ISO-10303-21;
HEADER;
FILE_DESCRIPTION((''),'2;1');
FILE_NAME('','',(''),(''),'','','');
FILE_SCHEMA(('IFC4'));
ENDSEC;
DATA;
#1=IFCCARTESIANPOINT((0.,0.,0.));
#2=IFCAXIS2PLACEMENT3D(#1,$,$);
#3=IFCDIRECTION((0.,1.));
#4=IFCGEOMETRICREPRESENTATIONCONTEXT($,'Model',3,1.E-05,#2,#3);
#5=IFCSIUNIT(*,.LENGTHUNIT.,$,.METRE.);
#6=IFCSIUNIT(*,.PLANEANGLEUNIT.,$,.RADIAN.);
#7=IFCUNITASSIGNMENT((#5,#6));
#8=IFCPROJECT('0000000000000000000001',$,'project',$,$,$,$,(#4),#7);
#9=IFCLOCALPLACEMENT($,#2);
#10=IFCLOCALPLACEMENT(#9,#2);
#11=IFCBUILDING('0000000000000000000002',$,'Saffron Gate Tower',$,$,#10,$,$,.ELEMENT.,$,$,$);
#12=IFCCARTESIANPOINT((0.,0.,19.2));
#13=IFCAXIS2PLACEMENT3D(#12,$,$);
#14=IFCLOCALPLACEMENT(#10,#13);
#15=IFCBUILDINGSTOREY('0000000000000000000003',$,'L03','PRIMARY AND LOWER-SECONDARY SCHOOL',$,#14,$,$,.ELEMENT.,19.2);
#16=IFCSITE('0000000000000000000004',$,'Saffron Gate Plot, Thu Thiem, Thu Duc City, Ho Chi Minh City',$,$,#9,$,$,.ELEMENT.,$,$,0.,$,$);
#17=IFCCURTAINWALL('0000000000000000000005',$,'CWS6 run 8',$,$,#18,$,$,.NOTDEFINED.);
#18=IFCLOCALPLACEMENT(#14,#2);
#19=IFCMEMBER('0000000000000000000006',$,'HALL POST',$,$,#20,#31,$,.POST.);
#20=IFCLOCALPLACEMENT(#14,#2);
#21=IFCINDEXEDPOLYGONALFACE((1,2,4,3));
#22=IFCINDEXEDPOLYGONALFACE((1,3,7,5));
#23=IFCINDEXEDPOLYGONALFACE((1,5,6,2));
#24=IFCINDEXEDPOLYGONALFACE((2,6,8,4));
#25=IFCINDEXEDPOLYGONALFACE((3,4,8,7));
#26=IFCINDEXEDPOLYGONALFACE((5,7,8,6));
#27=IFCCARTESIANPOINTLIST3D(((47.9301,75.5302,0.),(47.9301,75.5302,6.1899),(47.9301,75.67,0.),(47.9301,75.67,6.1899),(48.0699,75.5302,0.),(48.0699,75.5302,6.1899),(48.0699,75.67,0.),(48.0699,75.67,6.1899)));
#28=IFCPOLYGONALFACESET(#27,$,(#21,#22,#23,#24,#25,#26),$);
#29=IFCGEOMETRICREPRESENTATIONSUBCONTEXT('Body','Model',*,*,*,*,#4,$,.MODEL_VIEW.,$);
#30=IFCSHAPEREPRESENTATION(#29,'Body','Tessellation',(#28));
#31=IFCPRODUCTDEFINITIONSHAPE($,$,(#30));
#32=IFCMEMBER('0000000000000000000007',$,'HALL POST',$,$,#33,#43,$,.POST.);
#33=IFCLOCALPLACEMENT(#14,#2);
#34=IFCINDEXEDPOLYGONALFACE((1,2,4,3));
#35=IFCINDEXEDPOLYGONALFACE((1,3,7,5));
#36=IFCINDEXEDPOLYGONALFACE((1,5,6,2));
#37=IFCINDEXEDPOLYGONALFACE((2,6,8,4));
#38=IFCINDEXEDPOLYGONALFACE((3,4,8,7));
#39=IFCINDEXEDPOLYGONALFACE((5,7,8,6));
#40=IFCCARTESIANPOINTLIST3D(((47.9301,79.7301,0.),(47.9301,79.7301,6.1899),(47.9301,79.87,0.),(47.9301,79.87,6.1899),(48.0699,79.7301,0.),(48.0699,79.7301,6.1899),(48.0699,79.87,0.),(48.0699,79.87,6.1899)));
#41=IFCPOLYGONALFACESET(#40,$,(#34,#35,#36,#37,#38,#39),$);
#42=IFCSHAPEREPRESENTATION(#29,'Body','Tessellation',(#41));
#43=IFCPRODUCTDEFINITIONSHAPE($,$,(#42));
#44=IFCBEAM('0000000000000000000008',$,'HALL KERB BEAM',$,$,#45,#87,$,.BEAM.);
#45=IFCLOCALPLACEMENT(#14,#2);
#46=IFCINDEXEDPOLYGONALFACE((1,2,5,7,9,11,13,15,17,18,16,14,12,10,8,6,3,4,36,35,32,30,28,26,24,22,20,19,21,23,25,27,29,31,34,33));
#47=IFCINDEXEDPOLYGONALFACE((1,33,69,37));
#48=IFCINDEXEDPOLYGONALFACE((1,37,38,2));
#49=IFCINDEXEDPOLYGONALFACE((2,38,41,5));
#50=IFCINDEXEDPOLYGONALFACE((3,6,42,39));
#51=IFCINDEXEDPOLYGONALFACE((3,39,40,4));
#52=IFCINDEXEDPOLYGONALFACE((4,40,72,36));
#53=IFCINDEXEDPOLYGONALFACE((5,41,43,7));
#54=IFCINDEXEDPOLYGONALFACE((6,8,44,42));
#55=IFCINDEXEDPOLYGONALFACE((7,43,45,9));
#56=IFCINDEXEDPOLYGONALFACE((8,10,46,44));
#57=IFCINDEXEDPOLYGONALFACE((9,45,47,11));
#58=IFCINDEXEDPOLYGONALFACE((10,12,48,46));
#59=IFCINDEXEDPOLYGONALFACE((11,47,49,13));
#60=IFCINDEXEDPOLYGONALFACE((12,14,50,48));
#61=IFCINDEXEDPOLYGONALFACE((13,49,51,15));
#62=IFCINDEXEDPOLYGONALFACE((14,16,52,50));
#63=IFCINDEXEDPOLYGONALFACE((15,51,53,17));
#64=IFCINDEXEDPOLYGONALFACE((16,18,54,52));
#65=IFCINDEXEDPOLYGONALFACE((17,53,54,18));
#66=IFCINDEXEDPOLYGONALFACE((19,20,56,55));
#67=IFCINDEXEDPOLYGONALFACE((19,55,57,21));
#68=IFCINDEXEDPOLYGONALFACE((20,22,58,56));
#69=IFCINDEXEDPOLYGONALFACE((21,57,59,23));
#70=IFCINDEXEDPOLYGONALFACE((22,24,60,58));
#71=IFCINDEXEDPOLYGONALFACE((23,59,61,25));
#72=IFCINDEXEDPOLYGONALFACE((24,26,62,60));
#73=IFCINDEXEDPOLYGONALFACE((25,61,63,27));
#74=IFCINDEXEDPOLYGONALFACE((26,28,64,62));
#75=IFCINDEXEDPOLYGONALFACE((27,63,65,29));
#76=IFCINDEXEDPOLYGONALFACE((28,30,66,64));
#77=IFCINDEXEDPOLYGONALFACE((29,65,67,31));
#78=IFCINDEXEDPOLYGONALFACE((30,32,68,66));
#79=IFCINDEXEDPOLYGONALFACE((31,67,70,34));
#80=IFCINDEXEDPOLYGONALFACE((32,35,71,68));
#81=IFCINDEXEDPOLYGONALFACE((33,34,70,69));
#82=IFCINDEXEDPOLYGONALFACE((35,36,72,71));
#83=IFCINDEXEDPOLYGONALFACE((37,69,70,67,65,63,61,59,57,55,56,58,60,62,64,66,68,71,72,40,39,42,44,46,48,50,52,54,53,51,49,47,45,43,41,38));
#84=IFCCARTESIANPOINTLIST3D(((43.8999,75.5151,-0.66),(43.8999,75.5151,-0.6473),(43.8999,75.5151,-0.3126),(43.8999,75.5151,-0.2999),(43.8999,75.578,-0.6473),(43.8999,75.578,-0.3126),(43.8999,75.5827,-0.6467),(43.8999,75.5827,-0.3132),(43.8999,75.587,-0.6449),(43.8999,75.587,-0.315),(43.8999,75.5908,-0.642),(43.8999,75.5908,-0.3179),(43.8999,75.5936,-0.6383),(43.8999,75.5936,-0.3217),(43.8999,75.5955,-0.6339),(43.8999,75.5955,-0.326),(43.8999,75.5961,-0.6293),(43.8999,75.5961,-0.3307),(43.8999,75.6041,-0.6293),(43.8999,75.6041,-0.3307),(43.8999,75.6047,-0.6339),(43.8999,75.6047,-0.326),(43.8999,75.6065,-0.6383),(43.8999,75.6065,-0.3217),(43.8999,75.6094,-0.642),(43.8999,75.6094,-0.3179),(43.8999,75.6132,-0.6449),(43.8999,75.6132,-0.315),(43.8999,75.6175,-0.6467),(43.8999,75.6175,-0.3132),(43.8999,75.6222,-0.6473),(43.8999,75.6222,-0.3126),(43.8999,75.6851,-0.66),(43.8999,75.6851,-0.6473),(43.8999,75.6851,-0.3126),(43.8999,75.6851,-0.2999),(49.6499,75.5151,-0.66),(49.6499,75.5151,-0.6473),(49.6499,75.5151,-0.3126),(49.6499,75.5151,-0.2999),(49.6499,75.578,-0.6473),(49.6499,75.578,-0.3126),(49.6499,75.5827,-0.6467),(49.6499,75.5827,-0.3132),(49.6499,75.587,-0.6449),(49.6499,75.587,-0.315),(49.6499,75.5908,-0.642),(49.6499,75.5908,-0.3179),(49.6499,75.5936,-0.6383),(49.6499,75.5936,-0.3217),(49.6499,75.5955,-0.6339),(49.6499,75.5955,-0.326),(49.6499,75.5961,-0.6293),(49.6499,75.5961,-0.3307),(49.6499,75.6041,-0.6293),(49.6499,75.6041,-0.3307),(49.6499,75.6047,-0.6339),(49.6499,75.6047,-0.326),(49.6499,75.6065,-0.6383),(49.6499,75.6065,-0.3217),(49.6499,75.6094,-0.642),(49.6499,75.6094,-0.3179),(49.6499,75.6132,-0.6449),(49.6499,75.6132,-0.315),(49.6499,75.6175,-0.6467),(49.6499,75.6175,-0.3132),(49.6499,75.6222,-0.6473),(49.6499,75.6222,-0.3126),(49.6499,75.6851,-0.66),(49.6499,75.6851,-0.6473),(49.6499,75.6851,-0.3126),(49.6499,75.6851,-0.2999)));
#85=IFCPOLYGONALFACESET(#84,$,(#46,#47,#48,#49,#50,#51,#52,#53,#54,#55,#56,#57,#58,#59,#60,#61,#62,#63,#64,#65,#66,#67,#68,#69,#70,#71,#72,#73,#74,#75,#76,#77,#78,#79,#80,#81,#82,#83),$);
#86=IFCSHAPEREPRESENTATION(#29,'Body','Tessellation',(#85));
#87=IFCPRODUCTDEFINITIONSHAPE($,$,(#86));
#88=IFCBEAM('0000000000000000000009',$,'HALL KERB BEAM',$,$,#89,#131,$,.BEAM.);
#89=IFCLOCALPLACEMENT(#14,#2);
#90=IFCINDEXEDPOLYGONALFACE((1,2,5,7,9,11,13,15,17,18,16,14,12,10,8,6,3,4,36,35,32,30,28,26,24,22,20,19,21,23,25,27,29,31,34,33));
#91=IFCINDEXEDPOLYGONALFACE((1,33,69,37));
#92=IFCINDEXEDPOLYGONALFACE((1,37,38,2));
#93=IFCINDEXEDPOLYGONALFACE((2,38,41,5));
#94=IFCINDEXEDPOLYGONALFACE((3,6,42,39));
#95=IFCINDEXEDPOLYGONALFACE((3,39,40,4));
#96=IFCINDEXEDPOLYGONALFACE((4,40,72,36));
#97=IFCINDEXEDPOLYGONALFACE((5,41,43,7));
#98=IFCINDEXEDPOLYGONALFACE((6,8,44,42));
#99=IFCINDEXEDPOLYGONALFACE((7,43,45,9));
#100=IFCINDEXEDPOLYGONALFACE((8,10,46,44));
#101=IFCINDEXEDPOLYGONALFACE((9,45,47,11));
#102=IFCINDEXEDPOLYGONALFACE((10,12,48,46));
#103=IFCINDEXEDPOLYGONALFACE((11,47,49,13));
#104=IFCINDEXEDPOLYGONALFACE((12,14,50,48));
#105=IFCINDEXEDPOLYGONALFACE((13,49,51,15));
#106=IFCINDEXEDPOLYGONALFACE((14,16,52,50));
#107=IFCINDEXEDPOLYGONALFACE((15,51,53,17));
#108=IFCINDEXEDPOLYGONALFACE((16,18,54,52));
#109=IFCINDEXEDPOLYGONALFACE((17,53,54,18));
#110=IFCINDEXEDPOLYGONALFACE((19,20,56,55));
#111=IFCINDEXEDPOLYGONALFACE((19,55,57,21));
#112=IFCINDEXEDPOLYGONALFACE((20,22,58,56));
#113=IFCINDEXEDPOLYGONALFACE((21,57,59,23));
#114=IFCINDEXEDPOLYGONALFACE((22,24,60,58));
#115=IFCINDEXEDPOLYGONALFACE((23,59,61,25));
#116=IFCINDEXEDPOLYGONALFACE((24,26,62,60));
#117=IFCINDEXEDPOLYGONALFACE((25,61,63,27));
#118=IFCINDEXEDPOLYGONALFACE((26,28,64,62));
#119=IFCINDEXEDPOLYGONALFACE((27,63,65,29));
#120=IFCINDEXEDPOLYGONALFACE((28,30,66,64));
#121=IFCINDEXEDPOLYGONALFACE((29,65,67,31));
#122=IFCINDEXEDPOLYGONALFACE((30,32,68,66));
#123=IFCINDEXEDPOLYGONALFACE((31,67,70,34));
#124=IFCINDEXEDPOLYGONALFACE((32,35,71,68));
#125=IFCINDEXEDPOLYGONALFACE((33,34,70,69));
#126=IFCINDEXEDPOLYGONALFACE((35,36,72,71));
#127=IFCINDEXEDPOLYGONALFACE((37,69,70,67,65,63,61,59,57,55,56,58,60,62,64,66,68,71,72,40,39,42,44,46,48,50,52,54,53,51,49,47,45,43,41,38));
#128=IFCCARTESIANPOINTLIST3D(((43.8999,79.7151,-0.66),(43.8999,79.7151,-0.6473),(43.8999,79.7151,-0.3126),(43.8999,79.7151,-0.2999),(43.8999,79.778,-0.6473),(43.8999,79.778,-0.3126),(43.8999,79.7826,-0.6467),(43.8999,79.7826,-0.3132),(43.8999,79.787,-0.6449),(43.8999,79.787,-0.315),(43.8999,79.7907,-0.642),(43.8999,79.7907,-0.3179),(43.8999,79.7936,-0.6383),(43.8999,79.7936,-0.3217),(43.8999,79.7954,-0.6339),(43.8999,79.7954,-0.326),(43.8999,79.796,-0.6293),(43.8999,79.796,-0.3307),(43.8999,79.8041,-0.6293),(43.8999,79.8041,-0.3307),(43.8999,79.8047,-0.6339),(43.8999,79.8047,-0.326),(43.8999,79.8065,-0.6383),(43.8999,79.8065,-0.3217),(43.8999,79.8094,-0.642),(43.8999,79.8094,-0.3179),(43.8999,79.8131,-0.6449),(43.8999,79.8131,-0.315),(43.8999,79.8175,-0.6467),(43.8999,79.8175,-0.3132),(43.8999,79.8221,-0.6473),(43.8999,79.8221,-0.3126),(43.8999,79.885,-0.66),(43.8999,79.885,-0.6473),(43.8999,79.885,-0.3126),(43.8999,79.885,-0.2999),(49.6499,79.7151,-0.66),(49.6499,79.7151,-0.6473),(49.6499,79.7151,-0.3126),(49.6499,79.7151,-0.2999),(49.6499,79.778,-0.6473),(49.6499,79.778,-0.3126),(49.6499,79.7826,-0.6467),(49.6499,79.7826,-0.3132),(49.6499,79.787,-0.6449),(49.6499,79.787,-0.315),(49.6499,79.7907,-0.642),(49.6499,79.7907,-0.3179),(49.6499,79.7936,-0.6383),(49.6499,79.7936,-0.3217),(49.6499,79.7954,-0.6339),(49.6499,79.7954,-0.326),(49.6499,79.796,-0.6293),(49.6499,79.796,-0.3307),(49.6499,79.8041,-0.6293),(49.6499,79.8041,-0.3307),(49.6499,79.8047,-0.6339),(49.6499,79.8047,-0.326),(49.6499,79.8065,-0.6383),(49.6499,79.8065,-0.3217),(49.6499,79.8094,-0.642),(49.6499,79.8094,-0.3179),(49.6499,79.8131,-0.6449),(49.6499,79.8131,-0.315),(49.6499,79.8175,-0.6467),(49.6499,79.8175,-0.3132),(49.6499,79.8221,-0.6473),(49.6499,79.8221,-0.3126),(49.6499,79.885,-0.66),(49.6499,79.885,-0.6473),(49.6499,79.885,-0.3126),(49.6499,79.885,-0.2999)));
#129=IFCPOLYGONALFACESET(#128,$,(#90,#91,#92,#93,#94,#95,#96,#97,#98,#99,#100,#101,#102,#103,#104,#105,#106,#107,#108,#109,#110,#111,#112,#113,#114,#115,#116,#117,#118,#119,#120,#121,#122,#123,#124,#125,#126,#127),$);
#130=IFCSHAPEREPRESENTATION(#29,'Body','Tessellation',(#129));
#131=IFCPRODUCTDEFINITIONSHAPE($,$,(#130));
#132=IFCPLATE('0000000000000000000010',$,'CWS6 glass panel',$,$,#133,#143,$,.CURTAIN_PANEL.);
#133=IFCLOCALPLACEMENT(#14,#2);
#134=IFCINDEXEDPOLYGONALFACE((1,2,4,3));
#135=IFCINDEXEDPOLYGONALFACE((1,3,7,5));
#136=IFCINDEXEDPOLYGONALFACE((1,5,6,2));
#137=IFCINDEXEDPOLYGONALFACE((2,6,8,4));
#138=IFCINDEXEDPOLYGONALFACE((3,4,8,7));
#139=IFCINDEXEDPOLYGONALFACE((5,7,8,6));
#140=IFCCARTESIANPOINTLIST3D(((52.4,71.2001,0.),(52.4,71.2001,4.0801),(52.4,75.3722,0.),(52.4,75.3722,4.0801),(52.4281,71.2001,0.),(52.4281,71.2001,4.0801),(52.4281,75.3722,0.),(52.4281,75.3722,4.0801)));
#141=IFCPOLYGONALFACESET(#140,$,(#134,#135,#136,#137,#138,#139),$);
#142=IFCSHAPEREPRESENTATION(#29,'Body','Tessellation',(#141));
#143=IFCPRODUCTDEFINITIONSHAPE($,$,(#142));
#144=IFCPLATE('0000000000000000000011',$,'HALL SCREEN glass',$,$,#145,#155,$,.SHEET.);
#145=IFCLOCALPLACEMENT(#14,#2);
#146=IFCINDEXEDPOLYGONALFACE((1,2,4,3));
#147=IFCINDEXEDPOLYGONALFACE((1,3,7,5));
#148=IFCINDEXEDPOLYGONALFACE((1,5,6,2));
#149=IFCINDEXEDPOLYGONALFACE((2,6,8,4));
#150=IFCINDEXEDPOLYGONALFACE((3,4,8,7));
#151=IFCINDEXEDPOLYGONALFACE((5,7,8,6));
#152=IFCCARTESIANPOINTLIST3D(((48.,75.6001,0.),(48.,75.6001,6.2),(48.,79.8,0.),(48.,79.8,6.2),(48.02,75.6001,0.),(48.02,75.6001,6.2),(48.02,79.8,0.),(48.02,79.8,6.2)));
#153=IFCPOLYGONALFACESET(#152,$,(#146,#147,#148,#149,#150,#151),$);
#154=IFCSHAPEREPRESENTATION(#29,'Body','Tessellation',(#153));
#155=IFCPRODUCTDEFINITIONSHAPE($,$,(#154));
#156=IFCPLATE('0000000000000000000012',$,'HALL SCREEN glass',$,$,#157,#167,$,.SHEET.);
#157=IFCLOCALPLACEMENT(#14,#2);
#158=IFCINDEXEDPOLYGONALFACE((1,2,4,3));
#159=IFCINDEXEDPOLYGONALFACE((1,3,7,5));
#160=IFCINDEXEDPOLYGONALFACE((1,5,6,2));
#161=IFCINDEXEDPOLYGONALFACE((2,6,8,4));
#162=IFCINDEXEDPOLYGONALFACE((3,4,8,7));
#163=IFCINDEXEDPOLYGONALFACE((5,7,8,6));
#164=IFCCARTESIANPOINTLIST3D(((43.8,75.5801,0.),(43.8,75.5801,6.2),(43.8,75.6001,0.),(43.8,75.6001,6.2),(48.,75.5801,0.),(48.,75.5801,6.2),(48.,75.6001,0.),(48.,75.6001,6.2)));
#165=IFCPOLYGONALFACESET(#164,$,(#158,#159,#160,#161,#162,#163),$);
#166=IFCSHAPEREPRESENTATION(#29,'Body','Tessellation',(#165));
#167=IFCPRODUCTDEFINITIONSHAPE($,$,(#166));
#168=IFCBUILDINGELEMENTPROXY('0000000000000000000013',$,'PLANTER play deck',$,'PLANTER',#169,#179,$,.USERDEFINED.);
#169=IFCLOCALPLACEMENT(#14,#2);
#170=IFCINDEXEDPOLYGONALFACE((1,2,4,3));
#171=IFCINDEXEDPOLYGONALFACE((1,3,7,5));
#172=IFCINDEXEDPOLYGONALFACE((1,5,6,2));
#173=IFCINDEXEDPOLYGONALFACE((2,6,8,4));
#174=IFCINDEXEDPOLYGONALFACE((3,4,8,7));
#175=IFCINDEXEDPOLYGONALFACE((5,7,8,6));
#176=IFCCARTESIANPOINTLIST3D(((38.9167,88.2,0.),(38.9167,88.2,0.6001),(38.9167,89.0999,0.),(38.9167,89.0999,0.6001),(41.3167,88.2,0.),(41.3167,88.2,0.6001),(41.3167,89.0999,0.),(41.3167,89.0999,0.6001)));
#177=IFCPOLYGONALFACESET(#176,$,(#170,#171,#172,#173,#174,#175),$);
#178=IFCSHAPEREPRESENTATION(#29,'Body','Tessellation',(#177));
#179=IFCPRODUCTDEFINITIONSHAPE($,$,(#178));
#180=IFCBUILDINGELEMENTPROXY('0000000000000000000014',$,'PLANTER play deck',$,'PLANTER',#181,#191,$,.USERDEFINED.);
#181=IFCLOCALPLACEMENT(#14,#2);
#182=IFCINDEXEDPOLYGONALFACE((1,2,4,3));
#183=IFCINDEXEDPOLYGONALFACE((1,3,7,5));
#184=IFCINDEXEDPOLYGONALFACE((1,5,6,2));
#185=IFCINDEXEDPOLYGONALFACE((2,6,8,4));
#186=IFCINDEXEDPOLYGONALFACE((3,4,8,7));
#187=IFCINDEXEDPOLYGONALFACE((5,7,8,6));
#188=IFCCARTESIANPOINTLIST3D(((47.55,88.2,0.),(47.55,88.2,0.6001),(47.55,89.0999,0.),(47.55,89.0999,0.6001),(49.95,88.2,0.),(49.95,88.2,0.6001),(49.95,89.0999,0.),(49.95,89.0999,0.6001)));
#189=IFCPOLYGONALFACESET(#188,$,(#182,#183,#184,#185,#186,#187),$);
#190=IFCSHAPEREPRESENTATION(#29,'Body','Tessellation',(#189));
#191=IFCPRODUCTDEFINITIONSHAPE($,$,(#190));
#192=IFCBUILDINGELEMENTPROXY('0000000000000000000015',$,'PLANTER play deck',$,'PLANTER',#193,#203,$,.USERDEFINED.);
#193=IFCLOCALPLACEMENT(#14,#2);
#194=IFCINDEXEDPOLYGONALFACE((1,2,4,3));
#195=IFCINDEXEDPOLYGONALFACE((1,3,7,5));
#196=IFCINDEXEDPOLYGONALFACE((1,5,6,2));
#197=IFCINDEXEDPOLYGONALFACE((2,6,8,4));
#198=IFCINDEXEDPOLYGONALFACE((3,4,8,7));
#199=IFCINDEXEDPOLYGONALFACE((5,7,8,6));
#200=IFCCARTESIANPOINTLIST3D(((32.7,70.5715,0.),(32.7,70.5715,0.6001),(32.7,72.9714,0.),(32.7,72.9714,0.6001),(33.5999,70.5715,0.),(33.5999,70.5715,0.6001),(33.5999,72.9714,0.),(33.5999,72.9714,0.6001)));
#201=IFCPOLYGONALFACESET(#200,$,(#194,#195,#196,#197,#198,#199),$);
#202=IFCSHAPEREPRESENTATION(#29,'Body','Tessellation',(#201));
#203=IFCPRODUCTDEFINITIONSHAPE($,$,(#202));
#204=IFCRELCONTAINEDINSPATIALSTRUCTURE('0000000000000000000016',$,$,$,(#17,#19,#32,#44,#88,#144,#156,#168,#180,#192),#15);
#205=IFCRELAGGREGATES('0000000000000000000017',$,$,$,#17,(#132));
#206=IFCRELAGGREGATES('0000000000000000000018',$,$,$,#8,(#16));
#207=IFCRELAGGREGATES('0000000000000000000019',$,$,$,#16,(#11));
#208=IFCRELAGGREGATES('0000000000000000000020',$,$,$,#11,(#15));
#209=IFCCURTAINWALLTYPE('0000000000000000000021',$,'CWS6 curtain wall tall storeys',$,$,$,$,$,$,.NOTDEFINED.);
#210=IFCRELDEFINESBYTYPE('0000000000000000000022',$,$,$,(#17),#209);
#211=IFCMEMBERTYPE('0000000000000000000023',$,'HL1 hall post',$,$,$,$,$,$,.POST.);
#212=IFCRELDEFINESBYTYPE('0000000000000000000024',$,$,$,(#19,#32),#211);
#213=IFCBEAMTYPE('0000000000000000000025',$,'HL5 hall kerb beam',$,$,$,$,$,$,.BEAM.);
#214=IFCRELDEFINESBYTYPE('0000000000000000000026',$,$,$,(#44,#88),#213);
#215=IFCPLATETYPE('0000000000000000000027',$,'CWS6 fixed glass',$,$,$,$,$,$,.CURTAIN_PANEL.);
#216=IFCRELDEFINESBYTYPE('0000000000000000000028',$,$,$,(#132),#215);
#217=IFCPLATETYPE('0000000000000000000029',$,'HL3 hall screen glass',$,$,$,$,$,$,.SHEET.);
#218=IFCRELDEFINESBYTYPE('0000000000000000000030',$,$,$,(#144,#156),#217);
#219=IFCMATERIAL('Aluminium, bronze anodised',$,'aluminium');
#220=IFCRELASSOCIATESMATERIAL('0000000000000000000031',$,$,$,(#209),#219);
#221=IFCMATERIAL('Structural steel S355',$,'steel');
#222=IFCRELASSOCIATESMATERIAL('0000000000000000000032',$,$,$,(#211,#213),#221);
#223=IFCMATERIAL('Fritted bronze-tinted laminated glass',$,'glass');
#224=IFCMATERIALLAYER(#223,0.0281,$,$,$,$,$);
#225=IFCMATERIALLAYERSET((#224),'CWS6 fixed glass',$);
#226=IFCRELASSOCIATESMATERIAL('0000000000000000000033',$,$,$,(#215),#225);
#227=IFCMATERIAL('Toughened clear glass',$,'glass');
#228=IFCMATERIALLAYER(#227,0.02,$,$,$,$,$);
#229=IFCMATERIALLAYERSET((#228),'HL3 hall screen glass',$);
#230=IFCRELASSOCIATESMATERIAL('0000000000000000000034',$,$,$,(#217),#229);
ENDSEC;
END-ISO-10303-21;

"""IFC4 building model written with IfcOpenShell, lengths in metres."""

from ifc_helpers import new_model, si_unit, direction, frame, frame_2d, origin, origin_2d, place, context, subcontext, project, spatial, polyline, rectangle, i_section, outline, extrude, material, layer, layer_set, material_profile, profile_set, type_object, element, aggregate, save


model = new_model("IFC4")

# Units and contexts
model_context = context("Model", 3, precision=1e-05, world=origin(), true_north=direction((0.0, 1.0)))
body_context = subcontext(model_context, "Body", "Model", "MODEL_VIEW")
ifc_project = project(units=[si_unit("LENGTHUNIT", "METRE"), si_unit("PLANEANGLEUNIT", "RADIAN")], contexts=[model_context])

# Site, building, storey
site_placement = place(None, origin())
site = spatial("IfcSite", under=ifc_project, at=site_placement, Name="Saffron Gate Plot, Thu Thiem, Thu Duc City, Ho Chi Minh City", CompositionType="ELEMENT", RefElevation=0.0)
building_placement = place(site_placement, origin())
building = spatial("IfcBuilding", under=site, at=building_placement, Name="Saffron Gate Tower", CompositionType="ELEMENT")
storey_placement = place(building_placement, frame((0.0, 0.0, 19.2)))
storey = spatial("IfcBuildingStorey", under=building, at=storey_placement, Name="L03", Description="PRIMARY AND LOWER-SECONDARY SCHOOL", CompositionType="ELEMENT", Elevation=19.2)

# Shared definitions
ifc_material_1 = material(Name="Structural steel S355", Category="steel")

# Curtain wall
ifc_material_2 = material(Name="Aluminium, bronze anodised", Category="aluminium")
curtain_wall_type = type_object("IfcCurtainWallType", Name="CWS6 curtain wall tall storeys", PredefinedType="NOTDEFINED", material=ifc_material_2)
curtain_wall_1_placement = place(storey_placement, origin())
curtain_wall_1 = element("IfcCurtainWall", 1, at=curtain_wall_1_placement, inside=storey, type_object=curtain_wall_type, Name="CWS6 run 8", PredefinedType="NOTDEFINED")

# Members
ifc_material_profile_1 = material_profile(ifc_material_1, rectangle(XDim=0.1399, YDim=0.1399, at=origin_2d()))
ifc_profile_set_1 = profile_set([ifc_material_profile_1], Name="Structural steel S355")
member_type_1 = type_object("IfcMemberType", Name="HL1 hall post", PredefinedType="POST", material=ifc_profile_set_1)
for number, where, z_axis, x_axis, name in (
    (2, (48.0, 75.6001, 0.0), (0.0, 0.0, 1.0), (1.0, 0.0, 0.0), "HALL POST"),
    (3, (48.0, 79.8, 0.0), (0.0, 0.0, 1.0), (1.0, 0.0, 0.0), "HALL POST"),
):
    element("IfcMember", number, at=place(storey_placement, frame(where, z_axis=z_axis, x_axis=x_axis)), inside=storey, type_object=member_type_1, Name=name, PredefinedType="POST", context=body_context, shape_type="SweptSolid", body=[
        extrude(rectangle(XDim=0.1399, YDim=0.1399, at=origin_2d()), origin(), (0.0, 0.0, 1.0), 6.1899),
    ])

# Beams
ifc_material_profile_2 = material_profile(ifc_material_1, i_section(OverallWidth=0.1699, OverallDepth=0.3601, WebThickness=0.0081, FlangeThickness=0.0127, FilletRadius=0.0181, at=origin_2d()))
ifc_profile_set_2 = profile_set([ifc_material_profile_2], Name="Structural steel S355")
beam_type_1 = type_object("IfcBeamType", Name="HL5 hall kerb beam", PredefinedType="BEAM", material=ifc_profile_set_2)
for number, where, z_axis, x_axis, name in (
    (4, (43.8999, 75.6001, -0.48), (1.0, 0.0, 0.0), (0.0, 1.0, 0.0), "HALL KERB BEAM"),
    (5, (43.8999, 79.8, -0.48), (1.0, 0.0, 0.0), (0.0, 1.0, 0.0), "HALL KERB BEAM"),
):
    element("IfcBeam", number, at=place(storey_placement, frame(where, z_axis=z_axis, x_axis=x_axis)), inside=storey, type_object=beam_type_1, Name=name, PredefinedType="BEAM", context=body_context, shape_type="SweptSolid", body=[
        extrude(i_section(OverallWidth=0.1699, OverallDepth=0.3601, WebThickness=0.0081, FlangeThickness=0.0127, FilletRadius=0.0181, at=origin_2d()), origin(), (0.0, 0.0, 1.0), 5.75),
    ])

# Plate
ifc_material_3 = material(Name="Fritted bronze-tinted laminated glass", Category="glass")
ifc_layer_1 = layer(ifc_material_3, 0.0281)
ifc_layer_set_1 = layer_set([ifc_layer_1], Name="CWS6 fixed glass")
plate_type_1 = type_object("IfcPlateType", Name="CWS6 fixed glass", PredefinedType="CURTAIN_PANEL", material=ifc_layer_set_1)
plate_placement = place(storey_placement, frame((52.4141, 75.3721, 0.0), z_axis=(0.0, 0.0, 1.0), x_axis=(0.0, -1.0, 0.0)))
plate = element("IfcPlate", 6, at=plate_placement, type_object=plate_type_1, Name="CWS6 glass panel", PredefinedType="CURTAIN_PANEL", context=body_context, shape_type="SweptSolid", body=[
    extrude(rectangle(XDim=4.1721, YDim=0.0281, at=frame_2d((2.0859, 0.0))), origin(), (0.0, 0.0, 1.0), 4.0801),
])
aggregate(curtain_wall_1, [plate])

# Plates
ifc_material_4 = material(Name="Toughened clear glass", Category="glass")
ifc_layer_2 = layer(ifc_material_4, 0.02)
ifc_layer_set_2 = layer_set([ifc_layer_2], Name="HL3 hall screen glass")
plate_type_2 = type_object("IfcPlateType", Name="HL3 hall screen glass", PredefinedType="SHEET", material=ifc_layer_set_2)
for number, where, z_axis, x_axis, name in (
    (7, (48.0, 79.8, 0.0), (-1.0, 0.0, 0.0), (0.0, -1.0, 0.0), "HALL SCREEN glass"),
    (8, (48.0, 75.6001, 0.0), (0.0, 1.0, 0.0), (-1.0, 0.0, 0.0), "HALL SCREEN glass"),
):
    element("IfcPlate", number, at=place(storey_placement, frame(where, z_axis=z_axis, x_axis=x_axis)), inside=storey, type_object=plate_type_2, Name=name, PredefinedType="SHEET", context=body_context, shape_type="SweptSolid", body=[
        extrude(outline(polyline([(0.0, 0.0), (4.2, 0.0), (4.2, 6.2), (0.0, 6.2), (0.0, 0.0)])), origin(), (0.0, 0.0, -1.0), 0.02),
    ])

# Building element proxies
for number, where, z_axis, x_axis, name in (
    (9, (40.1167, 88.6499, 0.0), (0.0, 0.0, 1.0), (1.0, 0.0, 0.0), "PLANTER play deck"),
    (10, (48.75, 88.6499, 0.0), (0.0, 0.0, 1.0), (1.0, 0.0, 0.0), "PLANTER play deck"),
    (11, (33.1499, 71.7715, 0.0), (0.0, 0.0, 1.0), (0.0, 1.0, 0.0), "PLANTER play deck"),
):
    element("IfcBuildingElementProxy", number, at=place(storey_placement, frame(where, z_axis=z_axis, x_axis=x_axis)), inside=storey, Name=name, ObjectType="PLANTER", PredefinedType="USERDEFINED", context=body_context, shape_type="SweptSolid", body=[
        extrude(rectangle(XDim=2.3999, YDim=0.8999, at=origin_2d()), origin(), (0.0, 0.0, 1.0), 0.6001),
    ])

save(model, "model.ifc")
